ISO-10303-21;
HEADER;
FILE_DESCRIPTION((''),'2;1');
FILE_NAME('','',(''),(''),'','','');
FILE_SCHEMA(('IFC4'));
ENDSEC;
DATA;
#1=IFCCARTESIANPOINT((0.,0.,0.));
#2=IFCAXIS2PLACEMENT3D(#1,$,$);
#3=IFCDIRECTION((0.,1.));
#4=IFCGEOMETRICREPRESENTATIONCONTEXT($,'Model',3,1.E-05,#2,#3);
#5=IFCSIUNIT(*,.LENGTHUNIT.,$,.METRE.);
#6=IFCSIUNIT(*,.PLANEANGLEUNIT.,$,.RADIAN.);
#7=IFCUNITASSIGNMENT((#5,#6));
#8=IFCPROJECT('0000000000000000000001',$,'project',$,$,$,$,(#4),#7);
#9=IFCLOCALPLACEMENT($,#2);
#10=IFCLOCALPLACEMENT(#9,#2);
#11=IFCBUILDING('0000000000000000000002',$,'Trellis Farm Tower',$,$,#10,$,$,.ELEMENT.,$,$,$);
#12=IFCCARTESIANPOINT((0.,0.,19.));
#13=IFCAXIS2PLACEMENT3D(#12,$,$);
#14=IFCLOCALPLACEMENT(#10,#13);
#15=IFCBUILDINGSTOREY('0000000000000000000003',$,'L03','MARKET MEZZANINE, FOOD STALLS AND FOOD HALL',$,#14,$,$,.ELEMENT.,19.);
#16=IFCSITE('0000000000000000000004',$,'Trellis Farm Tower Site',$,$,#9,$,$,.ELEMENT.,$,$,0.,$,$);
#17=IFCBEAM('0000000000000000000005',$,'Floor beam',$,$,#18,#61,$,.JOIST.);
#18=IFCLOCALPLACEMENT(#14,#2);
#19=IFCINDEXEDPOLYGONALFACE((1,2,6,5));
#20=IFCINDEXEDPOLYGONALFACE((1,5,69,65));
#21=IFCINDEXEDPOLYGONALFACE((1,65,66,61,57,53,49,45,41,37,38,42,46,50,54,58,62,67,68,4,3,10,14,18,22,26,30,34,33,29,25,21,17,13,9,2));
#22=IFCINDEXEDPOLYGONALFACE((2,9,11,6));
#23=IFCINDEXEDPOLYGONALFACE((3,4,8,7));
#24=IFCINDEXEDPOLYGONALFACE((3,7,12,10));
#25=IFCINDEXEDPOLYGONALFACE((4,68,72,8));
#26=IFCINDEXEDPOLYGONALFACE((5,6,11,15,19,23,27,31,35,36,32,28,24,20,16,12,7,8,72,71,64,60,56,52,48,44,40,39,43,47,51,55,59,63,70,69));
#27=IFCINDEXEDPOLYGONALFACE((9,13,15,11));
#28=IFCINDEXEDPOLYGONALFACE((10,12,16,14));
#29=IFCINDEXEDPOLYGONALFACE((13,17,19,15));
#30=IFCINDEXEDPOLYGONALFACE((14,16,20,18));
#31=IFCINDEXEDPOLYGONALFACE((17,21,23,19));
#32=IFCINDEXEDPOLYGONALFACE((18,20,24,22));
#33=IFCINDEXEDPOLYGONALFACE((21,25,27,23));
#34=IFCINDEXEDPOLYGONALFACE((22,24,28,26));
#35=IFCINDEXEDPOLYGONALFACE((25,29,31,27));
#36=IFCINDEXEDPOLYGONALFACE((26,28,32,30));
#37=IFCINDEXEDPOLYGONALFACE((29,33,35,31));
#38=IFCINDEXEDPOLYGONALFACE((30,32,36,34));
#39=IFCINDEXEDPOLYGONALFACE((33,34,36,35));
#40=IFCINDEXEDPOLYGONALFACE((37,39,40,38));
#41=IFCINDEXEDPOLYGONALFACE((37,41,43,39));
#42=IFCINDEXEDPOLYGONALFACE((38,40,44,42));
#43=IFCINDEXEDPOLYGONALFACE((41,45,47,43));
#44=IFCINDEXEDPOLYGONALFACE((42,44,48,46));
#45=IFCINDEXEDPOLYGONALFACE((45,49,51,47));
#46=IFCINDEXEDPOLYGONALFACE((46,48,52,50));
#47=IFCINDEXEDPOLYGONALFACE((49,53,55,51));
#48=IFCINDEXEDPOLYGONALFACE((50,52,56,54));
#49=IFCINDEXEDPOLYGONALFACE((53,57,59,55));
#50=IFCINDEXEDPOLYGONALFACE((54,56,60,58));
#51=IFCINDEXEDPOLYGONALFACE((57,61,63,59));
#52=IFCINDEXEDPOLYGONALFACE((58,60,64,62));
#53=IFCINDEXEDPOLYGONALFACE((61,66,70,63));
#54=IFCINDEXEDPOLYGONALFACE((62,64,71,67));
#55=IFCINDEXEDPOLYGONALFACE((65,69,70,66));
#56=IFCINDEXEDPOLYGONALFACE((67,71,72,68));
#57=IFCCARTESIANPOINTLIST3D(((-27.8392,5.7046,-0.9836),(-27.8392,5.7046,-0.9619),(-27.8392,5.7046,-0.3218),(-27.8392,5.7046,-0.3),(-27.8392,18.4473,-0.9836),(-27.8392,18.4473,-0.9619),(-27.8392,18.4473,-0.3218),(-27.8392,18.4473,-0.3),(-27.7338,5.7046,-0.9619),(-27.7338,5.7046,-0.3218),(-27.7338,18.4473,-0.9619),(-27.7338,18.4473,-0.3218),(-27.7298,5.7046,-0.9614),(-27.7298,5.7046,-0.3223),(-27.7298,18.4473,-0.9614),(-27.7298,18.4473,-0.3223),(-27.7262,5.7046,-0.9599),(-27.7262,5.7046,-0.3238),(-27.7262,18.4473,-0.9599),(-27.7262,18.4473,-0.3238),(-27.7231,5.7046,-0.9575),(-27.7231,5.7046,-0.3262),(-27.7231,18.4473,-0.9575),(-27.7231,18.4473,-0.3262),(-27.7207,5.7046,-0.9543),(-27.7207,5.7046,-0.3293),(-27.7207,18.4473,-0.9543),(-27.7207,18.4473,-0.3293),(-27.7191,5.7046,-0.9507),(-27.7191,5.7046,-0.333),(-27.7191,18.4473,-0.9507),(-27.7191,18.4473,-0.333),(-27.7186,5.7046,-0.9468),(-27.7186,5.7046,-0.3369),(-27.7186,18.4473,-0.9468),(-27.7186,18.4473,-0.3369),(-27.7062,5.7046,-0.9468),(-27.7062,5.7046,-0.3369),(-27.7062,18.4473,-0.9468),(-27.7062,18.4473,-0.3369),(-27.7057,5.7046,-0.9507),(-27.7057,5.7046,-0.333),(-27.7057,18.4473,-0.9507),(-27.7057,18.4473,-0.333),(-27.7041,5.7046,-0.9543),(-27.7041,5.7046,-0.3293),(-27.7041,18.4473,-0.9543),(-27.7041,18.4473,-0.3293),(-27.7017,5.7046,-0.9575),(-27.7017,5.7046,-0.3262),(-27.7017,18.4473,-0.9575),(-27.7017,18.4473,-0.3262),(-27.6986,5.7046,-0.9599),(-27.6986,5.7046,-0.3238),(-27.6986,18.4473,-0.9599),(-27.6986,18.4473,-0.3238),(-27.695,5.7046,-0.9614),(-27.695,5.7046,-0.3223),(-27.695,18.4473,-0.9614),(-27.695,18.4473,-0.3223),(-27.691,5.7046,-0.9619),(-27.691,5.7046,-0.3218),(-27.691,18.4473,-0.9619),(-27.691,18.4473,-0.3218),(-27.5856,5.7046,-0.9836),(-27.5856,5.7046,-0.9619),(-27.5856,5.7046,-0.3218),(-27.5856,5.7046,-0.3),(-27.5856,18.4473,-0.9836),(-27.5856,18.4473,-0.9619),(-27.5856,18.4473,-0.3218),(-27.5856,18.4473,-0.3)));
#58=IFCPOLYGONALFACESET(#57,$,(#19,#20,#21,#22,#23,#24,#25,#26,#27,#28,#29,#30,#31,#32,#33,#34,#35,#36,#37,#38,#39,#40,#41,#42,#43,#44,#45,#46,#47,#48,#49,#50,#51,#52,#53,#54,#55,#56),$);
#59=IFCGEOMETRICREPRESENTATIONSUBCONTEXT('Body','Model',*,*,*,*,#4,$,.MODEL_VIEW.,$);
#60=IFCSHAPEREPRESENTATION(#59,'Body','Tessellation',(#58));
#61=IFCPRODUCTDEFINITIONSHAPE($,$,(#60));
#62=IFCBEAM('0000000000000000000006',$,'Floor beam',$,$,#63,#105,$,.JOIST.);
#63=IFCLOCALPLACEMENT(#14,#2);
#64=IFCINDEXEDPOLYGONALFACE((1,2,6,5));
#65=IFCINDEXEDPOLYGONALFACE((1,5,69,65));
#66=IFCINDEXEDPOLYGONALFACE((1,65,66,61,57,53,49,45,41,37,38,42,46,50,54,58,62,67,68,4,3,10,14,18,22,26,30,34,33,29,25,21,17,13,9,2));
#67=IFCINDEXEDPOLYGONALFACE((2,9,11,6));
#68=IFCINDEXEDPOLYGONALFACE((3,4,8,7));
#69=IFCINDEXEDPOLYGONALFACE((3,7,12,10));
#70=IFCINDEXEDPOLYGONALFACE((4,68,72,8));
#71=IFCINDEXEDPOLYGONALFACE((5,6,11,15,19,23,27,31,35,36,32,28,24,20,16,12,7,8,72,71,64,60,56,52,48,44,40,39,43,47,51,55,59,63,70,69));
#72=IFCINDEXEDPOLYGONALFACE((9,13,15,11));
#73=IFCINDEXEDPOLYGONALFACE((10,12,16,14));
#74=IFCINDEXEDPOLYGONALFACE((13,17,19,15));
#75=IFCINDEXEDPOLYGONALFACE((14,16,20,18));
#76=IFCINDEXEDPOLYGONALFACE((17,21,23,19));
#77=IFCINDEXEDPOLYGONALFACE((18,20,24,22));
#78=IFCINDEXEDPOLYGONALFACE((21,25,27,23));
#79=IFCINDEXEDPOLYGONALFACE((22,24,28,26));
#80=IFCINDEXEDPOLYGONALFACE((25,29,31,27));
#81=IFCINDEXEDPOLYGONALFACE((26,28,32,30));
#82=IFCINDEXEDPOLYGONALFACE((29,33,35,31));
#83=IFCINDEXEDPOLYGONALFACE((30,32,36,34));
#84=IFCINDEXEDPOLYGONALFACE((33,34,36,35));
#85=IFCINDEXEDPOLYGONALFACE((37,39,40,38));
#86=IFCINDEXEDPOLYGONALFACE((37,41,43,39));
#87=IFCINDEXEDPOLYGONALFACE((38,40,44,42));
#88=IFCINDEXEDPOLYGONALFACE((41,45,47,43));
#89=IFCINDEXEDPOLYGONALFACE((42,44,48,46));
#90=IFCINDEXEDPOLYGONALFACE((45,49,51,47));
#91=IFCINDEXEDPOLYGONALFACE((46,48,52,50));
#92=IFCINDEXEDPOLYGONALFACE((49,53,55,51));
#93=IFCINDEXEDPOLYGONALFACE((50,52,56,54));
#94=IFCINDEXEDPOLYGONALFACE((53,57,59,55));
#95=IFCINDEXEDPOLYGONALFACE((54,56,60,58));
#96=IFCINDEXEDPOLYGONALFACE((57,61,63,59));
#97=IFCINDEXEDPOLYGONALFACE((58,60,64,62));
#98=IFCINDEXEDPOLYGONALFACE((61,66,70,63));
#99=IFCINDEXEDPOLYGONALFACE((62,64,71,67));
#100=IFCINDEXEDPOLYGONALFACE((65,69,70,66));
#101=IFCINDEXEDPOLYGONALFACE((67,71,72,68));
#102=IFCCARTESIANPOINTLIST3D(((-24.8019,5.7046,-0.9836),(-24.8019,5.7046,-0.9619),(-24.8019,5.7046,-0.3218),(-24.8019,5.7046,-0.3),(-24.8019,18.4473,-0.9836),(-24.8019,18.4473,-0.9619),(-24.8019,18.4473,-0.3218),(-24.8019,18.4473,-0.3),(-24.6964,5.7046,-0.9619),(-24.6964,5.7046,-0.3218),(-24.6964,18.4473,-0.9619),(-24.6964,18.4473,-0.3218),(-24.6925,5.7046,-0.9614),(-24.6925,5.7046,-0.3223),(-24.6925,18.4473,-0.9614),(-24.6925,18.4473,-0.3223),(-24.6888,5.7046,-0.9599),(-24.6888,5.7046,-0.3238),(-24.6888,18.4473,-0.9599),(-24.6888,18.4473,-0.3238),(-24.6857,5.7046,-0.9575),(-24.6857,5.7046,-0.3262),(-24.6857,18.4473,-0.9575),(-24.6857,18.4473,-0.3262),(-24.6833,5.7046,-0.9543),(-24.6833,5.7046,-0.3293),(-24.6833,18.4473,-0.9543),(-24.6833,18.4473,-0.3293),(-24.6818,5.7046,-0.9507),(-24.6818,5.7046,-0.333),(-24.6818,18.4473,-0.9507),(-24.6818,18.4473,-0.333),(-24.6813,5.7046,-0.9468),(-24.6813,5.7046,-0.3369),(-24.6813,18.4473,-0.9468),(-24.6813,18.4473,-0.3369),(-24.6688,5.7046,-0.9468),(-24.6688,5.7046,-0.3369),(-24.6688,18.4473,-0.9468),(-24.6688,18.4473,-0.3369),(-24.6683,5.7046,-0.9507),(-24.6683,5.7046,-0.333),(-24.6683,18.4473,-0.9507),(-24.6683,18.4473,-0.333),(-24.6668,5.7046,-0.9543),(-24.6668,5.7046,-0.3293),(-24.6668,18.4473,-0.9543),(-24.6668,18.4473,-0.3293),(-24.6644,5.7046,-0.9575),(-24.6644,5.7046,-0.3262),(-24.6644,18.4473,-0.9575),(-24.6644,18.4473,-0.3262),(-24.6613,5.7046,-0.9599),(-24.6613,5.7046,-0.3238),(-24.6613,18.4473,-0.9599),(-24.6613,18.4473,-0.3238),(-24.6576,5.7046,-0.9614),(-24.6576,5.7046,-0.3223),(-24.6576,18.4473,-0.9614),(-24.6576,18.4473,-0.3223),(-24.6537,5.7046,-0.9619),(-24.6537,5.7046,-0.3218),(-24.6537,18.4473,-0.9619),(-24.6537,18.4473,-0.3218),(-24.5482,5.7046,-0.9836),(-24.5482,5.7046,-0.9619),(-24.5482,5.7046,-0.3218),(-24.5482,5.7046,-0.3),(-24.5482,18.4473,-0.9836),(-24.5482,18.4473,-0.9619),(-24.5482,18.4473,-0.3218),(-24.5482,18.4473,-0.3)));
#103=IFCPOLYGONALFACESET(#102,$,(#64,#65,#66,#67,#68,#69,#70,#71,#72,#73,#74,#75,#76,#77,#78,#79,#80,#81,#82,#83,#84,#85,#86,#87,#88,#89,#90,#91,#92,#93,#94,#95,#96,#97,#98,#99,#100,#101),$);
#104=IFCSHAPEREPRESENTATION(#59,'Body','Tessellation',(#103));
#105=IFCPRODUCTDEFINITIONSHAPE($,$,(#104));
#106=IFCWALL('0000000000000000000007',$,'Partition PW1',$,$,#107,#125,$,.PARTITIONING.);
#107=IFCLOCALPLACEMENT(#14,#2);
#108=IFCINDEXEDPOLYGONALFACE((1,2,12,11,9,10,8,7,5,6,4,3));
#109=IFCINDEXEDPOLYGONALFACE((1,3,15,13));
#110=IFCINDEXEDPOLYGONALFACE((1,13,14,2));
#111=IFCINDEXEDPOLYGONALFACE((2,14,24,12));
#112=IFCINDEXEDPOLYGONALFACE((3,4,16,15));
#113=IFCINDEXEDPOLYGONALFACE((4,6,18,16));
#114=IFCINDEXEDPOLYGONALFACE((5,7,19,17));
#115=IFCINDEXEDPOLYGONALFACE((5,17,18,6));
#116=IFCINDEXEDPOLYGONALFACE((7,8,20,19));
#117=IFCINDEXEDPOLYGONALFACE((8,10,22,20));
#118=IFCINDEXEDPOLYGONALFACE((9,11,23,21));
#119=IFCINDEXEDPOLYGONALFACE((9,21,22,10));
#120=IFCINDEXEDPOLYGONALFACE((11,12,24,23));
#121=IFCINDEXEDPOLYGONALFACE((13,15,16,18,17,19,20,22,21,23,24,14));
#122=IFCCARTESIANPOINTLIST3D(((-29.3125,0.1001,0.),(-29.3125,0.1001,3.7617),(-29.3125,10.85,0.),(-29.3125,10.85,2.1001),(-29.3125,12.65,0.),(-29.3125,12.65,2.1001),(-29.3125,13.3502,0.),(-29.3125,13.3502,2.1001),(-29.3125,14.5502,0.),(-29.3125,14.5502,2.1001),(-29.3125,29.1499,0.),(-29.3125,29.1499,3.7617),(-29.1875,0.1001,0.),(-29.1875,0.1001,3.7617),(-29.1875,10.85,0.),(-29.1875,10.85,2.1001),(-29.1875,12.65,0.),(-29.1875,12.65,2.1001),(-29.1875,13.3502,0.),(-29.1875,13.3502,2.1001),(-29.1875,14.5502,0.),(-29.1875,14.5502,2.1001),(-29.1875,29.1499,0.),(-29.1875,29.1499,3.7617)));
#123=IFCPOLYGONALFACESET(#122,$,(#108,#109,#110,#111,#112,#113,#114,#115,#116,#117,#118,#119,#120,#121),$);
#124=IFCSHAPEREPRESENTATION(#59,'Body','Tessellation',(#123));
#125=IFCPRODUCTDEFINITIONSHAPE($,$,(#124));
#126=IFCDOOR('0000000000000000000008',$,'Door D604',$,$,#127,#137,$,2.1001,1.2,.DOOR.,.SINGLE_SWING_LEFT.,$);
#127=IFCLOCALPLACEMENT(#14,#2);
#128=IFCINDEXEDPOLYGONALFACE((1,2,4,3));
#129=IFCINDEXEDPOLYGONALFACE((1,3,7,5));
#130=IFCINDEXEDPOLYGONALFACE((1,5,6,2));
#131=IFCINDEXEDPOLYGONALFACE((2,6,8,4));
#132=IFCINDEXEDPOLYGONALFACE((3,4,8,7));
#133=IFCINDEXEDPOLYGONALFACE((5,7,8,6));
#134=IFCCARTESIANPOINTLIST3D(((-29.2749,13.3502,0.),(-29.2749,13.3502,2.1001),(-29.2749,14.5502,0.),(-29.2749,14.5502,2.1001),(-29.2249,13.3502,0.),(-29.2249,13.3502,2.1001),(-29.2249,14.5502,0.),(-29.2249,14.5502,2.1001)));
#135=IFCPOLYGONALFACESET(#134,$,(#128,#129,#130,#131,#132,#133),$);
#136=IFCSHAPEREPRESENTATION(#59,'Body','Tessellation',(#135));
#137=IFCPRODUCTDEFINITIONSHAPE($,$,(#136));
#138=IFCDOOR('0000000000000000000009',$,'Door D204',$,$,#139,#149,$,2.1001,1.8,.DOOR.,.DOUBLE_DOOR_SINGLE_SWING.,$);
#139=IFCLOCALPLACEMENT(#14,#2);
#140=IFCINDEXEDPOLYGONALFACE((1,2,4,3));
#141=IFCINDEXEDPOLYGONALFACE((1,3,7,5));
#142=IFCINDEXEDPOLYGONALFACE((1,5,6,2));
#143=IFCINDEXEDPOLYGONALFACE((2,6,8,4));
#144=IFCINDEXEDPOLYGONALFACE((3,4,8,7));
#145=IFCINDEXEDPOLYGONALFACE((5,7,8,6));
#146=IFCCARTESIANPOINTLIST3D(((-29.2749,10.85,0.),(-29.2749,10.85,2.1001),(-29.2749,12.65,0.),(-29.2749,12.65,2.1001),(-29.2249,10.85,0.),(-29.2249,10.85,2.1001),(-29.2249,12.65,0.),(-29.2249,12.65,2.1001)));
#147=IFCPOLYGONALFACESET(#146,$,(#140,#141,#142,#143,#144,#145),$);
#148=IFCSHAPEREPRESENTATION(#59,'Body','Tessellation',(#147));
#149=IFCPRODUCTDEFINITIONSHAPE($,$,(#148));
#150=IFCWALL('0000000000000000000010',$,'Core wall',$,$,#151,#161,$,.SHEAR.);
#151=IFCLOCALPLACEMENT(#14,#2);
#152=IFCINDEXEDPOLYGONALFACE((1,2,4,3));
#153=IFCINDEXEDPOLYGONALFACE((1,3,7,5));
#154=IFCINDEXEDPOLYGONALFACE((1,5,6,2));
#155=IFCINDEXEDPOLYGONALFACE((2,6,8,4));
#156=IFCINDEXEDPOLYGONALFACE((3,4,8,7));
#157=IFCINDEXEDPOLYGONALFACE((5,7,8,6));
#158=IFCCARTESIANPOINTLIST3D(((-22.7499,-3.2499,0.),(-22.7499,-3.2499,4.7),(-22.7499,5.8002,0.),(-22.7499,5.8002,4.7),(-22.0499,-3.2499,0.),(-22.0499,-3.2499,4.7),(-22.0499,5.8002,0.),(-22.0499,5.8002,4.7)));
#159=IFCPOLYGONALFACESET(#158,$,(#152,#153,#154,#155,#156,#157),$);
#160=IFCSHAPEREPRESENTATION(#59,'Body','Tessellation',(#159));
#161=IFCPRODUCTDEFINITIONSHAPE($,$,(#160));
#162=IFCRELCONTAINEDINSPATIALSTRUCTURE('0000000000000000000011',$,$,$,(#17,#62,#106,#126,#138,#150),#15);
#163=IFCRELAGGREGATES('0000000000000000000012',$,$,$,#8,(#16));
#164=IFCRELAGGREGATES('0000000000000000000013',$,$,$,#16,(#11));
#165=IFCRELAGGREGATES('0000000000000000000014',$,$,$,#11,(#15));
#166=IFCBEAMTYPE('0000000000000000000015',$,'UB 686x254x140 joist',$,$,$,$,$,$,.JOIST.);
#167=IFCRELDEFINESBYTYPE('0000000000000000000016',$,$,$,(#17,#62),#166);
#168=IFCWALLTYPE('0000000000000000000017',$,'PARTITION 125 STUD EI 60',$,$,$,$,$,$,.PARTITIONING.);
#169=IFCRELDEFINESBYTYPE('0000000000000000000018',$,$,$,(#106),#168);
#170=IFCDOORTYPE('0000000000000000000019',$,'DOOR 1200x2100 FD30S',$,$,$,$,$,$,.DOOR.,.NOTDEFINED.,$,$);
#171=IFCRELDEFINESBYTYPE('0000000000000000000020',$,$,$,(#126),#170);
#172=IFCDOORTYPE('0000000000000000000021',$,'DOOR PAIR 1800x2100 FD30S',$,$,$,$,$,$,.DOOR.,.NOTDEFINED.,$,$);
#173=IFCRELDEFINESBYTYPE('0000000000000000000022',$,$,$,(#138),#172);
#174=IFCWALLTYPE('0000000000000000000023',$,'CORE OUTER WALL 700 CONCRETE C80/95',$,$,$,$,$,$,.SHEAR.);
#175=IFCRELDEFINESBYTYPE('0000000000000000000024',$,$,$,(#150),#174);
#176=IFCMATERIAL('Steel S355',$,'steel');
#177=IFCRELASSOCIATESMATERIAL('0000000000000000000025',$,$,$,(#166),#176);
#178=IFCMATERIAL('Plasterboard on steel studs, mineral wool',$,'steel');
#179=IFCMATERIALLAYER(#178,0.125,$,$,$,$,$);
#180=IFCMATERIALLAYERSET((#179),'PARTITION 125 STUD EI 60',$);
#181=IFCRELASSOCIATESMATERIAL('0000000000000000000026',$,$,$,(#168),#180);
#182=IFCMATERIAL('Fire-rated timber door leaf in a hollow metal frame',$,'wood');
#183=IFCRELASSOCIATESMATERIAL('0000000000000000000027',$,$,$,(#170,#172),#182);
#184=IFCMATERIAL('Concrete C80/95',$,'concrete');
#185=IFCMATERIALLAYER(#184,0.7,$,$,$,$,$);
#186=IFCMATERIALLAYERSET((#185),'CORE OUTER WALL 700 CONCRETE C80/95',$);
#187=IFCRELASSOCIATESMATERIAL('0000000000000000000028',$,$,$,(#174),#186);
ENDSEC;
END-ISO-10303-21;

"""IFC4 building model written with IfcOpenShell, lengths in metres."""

from ifc_helpers import new_model, si_unit, direction, frame, frame_2d, origin, origin_2d, place, context, subcontext, project, spatial, rectangle, i_section, extrude, source, transform, mapped, material, layer, layer_set, material_profile, profile_set, type_object, element, fill, save


model = new_model("IFC4")

# Units and contexts
model_context = context("Model", 3, precision=1e-05, world=origin(), true_north=direction((0.0, 1.0)))
body_context = subcontext(model_context, "Body", "Model", "MODEL_VIEW")
ifc_project = project(units=[si_unit("LENGTHUNIT", "METRE"), si_unit("PLANEANGLEUNIT", "RADIAN")], contexts=[model_context])

# Site, building, storey
site_placement = place(None, origin())
site = spatial("IfcSite", under=ifc_project, at=site_placement, Name="Trellis Farm Tower Site", CompositionType="ELEMENT", RefElevation=0.0)
building_placement = place(site_placement, origin())
building = spatial("IfcBuilding", under=site, at=building_placement, Name="Trellis Farm Tower", CompositionType="ELEMENT")
storey_placement = place(building_placement, frame((0.0, 0.0, 19.0)))
storey = spatial("IfcBuildingStorey", under=building, at=storey_placement, Name="L03", Description="MARKET MEZZANINE, FOOD STALLS AND FOOD HALL", CompositionType="ELEMENT", Elevation=19.0)

# Shared definitions
ifc_material_1 = material(Name="Concrete C80/95", Category="concrete")

# Beams
ifc_material_2 = material(Name="Steel S355", Category="steel")
ifc_material_profile_1 = material_profile(ifc_material_2, i_section(OverallWidth=0.2537, OverallDepth=0.6836, WebThickness=0.0125, FlangeThickness=0.0217, FilletRadius=0.0151, at=origin_2d()), Name="UB 686x254x140")
ifc_profile_set_1 = profile_set([ifc_material_profile_1], Name="Steel S355")
beam_type_1 = type_object("IfcBeamType", Name="UB 686x254x140 joist", PredefinedType="JOIST", material=ifc_profile_set_1)
shared_shape_1 = source(origin(), body_context, "Body", "SweptSolid", [
    extrude(i_section(OverallWidth=0.2537, OverallDepth=0.6836, WebThickness=0.0125, FlangeThickness=0.0217, FilletRadius=0.0151, at=origin_2d()), origin(), (0.0, 0.0, 1.0), 12.7427),
])
for number, where, z_axis, x_axis, name in (
    (1, (-27.7124, 5.7046, -0.6418), (0.0, 1.0, 0.0), (-1.0, 0.0, 0.0), "Floor beam"),
    (2, (-24.675, 5.7046, -0.6418), (0.0, 1.0, 0.0), (-1.0, 0.0, 0.0), "Floor beam"),
):
    element("IfcBeam", number, at=place(storey_placement, frame(where, z_axis=z_axis, x_axis=x_axis)), inside=storey, type_object=beam_type_1, Name=name, PredefinedType="JOIST", context=body_context, shape_type="MappedRepresentation", body=[
        mapped(shared_shape_1, transform((0.0, 0.0, 0.0))),
    ])

# Wall, openings, doors
ifc_material_3 = material(Name="Plasterboard on steel studs, mineral wool", Category="steel")
ifc_layer_1 = layer(ifc_material_3, 0.125)
ifc_layer_set_1 = layer_set([ifc_layer_1], Name="PARTITION 125 STUD EI 60")
wall_type_1 = type_object("IfcWallType", Name="PARTITION 125 STUD EI 60", PredefinedType="PARTITIONING", material=ifc_layer_set_1)
wall_1_placement = place(storey_placement, frame((-29.25, 0.1001, 0.0), z_axis=(0.0, 0.0, 1.0), x_axis=(0.0, 1.0, 0.0)))
wall_1 = element("IfcWall", 3, at=wall_1_placement, inside=storey, type_object=wall_type_1, Name="Partition PW1", PredefinedType="PARTITIONING", context=body_context, shape_type="SweptSolid", body=[
    extrude(rectangle(XDim=29.0498, YDim=0.125, at=frame_2d((14.5249, 0.0))), origin(), (0.0, 0.0, 1.0), 3.7617),
])
shared_shape_2 = source(origin(), body_context, "Body", "SweptSolid", [
    extrude(rectangle(XDim=1.8, YDim=2.1001, at=frame_2d((0.8999, 1.05))), frame((0.0, 0.0725, 0.0), z_axis=(0.0, -1.0, 0.0), x_axis=(1.0, 0.0, 0.0)), (0.0, 0.0, 1.0), 0.145),
])
opening_1_placement = place(wall_1_placement, frame((10.75, 0.0, 0.0)))
opening_1 = element("IfcOpeningElement", 4, at=opening_1_placement, cuts=wall_1, PredefinedType="OPENING", context=body_context, shape_type="MappedRepresentation", body=[
    mapped(shared_shape_2, transform((0.0, 0.0, 0.0))),
])
shared_shape_3 = source(origin(), body_context, "Body", "SweptSolid", [
    extrude(rectangle(XDim=1.2, YDim=2.1001, at=frame_2d((0.6001, 1.05))), frame((0.0, 0.0725, 0.0), z_axis=(0.0, -1.0, 0.0), x_axis=(1.0, 0.0, 0.0)), (0.0, 0.0, 1.0), 0.145),
])
opening_2_placement = place(wall_1_placement, frame((13.25, 0.0, 0.0)))
opening_2 = element("IfcOpeningElement", 5, at=opening_2_placement, cuts=wall_1, PredefinedType="OPENING", context=body_context, shape_type="MappedRepresentation", body=[
    mapped(shared_shape_3, transform((0.0, 0.0, 0.0))),
])
ifc_material_4 = material(Name="Fire-rated timber door leaf in a hollow metal frame", Category="wood")
door_type_1 = type_object("IfcDoorType", Name="DOOR 1200x2100 FD30S", OperationType="NOTDEFINED", PredefinedType="DOOR", material=ifc_material_4)
shared_shape_4 = source(origin(), body_context, "Body", "SweptSolid", [
    extrude(rectangle(XDim=1.2, YDim=2.1001, at=frame_2d((0.6001, 1.05))), frame((0.0, 0.0249, 0.0), z_axis=(0.0, -1.0, 0.0), x_axis=(1.0, 0.0, 0.0)), (0.0, 0.0, 1.0), 0.05),
])
door_1_placement = place(opening_2_placement, origin())
door_1 = element("IfcDoor", 6, at=door_1_placement, inside=storey, type_object=door_type_1, Name="Door D604", OperationType="SINGLE_SWING_LEFT", OverallHeight=2.1001, OverallWidth=1.2, PredefinedType="DOOR", context=body_context, shape_type="MappedRepresentation", body=[
    mapped(shared_shape_4, transform((0.0, 0.0, 0.0))),
])
fill(opening_2, door_1)
door_type_2 = type_object("IfcDoorType", Name="DOOR PAIR 1800x2100 FD30S", OperationType="NOTDEFINED", PredefinedType="DOOR", material=ifc_material_4)
shared_shape_5 = source(origin(), body_context, "Body", "SweptSolid", [
    extrude(rectangle(XDim=1.8, YDim=2.1001, at=frame_2d((0.8999, 1.05))), frame((0.0, 0.0249, 0.0), z_axis=(0.0, -1.0, 0.0), x_axis=(1.0, 0.0, 0.0)), (0.0, 0.0, 1.0), 0.05),
])
door_2_placement = place(opening_1_placement, origin())
door_2 = element("IfcDoor", 7, at=door_2_placement, inside=storey, type_object=door_type_2, Name="Door D204", OperationType="DOUBLE_DOOR_SINGLE_SWING", OverallHeight=2.1001, OverallWidth=1.8, PredefinedType="DOOR", context=body_context, shape_type="MappedRepresentation", body=[
    mapped(shared_shape_5, transform((0.0, 0.0, 0.0))),
])
fill(opening_1, door_2)

# Wall
ifc_layer_2 = layer(ifc_material_1, 0.7)
ifc_layer_set_2 = layer_set([ifc_layer_2], Name="CORE OUTER WALL 700 CONCRETE C80/95")
wall_type_2 = type_object("IfcWallType", Name="CORE OUTER WALL 700 CONCRETE C80/95", PredefinedType="SHEAR", material=ifc_layer_set_2)
shared_shape_6 = source(origin(), body_context, "Body", "SweptSolid", [
    extrude(rectangle(XDim=9.05, YDim=0.7, at=frame_2d((4.5249, 0.0))), origin(), (0.0, 0.0, 1.0), 4.7),
])
wall_2_placement = place(storey_placement, frame((-22.3999, 5.8, 0.0), z_axis=(0.0, 0.0, 1.0), x_axis=(0.0, -1.0, 0.0)))
element("IfcWall", 8, at=wall_2_placement, inside=storey, type_object=wall_type_2, Name="Core wall", PredefinedType="SHEAR", context=body_context, shape_type="MappedRepresentation", body=[
    mapped(shared_shape_6, transform((0.0, 0.0, 0.0))),
])

save(model, "model.ifc")
